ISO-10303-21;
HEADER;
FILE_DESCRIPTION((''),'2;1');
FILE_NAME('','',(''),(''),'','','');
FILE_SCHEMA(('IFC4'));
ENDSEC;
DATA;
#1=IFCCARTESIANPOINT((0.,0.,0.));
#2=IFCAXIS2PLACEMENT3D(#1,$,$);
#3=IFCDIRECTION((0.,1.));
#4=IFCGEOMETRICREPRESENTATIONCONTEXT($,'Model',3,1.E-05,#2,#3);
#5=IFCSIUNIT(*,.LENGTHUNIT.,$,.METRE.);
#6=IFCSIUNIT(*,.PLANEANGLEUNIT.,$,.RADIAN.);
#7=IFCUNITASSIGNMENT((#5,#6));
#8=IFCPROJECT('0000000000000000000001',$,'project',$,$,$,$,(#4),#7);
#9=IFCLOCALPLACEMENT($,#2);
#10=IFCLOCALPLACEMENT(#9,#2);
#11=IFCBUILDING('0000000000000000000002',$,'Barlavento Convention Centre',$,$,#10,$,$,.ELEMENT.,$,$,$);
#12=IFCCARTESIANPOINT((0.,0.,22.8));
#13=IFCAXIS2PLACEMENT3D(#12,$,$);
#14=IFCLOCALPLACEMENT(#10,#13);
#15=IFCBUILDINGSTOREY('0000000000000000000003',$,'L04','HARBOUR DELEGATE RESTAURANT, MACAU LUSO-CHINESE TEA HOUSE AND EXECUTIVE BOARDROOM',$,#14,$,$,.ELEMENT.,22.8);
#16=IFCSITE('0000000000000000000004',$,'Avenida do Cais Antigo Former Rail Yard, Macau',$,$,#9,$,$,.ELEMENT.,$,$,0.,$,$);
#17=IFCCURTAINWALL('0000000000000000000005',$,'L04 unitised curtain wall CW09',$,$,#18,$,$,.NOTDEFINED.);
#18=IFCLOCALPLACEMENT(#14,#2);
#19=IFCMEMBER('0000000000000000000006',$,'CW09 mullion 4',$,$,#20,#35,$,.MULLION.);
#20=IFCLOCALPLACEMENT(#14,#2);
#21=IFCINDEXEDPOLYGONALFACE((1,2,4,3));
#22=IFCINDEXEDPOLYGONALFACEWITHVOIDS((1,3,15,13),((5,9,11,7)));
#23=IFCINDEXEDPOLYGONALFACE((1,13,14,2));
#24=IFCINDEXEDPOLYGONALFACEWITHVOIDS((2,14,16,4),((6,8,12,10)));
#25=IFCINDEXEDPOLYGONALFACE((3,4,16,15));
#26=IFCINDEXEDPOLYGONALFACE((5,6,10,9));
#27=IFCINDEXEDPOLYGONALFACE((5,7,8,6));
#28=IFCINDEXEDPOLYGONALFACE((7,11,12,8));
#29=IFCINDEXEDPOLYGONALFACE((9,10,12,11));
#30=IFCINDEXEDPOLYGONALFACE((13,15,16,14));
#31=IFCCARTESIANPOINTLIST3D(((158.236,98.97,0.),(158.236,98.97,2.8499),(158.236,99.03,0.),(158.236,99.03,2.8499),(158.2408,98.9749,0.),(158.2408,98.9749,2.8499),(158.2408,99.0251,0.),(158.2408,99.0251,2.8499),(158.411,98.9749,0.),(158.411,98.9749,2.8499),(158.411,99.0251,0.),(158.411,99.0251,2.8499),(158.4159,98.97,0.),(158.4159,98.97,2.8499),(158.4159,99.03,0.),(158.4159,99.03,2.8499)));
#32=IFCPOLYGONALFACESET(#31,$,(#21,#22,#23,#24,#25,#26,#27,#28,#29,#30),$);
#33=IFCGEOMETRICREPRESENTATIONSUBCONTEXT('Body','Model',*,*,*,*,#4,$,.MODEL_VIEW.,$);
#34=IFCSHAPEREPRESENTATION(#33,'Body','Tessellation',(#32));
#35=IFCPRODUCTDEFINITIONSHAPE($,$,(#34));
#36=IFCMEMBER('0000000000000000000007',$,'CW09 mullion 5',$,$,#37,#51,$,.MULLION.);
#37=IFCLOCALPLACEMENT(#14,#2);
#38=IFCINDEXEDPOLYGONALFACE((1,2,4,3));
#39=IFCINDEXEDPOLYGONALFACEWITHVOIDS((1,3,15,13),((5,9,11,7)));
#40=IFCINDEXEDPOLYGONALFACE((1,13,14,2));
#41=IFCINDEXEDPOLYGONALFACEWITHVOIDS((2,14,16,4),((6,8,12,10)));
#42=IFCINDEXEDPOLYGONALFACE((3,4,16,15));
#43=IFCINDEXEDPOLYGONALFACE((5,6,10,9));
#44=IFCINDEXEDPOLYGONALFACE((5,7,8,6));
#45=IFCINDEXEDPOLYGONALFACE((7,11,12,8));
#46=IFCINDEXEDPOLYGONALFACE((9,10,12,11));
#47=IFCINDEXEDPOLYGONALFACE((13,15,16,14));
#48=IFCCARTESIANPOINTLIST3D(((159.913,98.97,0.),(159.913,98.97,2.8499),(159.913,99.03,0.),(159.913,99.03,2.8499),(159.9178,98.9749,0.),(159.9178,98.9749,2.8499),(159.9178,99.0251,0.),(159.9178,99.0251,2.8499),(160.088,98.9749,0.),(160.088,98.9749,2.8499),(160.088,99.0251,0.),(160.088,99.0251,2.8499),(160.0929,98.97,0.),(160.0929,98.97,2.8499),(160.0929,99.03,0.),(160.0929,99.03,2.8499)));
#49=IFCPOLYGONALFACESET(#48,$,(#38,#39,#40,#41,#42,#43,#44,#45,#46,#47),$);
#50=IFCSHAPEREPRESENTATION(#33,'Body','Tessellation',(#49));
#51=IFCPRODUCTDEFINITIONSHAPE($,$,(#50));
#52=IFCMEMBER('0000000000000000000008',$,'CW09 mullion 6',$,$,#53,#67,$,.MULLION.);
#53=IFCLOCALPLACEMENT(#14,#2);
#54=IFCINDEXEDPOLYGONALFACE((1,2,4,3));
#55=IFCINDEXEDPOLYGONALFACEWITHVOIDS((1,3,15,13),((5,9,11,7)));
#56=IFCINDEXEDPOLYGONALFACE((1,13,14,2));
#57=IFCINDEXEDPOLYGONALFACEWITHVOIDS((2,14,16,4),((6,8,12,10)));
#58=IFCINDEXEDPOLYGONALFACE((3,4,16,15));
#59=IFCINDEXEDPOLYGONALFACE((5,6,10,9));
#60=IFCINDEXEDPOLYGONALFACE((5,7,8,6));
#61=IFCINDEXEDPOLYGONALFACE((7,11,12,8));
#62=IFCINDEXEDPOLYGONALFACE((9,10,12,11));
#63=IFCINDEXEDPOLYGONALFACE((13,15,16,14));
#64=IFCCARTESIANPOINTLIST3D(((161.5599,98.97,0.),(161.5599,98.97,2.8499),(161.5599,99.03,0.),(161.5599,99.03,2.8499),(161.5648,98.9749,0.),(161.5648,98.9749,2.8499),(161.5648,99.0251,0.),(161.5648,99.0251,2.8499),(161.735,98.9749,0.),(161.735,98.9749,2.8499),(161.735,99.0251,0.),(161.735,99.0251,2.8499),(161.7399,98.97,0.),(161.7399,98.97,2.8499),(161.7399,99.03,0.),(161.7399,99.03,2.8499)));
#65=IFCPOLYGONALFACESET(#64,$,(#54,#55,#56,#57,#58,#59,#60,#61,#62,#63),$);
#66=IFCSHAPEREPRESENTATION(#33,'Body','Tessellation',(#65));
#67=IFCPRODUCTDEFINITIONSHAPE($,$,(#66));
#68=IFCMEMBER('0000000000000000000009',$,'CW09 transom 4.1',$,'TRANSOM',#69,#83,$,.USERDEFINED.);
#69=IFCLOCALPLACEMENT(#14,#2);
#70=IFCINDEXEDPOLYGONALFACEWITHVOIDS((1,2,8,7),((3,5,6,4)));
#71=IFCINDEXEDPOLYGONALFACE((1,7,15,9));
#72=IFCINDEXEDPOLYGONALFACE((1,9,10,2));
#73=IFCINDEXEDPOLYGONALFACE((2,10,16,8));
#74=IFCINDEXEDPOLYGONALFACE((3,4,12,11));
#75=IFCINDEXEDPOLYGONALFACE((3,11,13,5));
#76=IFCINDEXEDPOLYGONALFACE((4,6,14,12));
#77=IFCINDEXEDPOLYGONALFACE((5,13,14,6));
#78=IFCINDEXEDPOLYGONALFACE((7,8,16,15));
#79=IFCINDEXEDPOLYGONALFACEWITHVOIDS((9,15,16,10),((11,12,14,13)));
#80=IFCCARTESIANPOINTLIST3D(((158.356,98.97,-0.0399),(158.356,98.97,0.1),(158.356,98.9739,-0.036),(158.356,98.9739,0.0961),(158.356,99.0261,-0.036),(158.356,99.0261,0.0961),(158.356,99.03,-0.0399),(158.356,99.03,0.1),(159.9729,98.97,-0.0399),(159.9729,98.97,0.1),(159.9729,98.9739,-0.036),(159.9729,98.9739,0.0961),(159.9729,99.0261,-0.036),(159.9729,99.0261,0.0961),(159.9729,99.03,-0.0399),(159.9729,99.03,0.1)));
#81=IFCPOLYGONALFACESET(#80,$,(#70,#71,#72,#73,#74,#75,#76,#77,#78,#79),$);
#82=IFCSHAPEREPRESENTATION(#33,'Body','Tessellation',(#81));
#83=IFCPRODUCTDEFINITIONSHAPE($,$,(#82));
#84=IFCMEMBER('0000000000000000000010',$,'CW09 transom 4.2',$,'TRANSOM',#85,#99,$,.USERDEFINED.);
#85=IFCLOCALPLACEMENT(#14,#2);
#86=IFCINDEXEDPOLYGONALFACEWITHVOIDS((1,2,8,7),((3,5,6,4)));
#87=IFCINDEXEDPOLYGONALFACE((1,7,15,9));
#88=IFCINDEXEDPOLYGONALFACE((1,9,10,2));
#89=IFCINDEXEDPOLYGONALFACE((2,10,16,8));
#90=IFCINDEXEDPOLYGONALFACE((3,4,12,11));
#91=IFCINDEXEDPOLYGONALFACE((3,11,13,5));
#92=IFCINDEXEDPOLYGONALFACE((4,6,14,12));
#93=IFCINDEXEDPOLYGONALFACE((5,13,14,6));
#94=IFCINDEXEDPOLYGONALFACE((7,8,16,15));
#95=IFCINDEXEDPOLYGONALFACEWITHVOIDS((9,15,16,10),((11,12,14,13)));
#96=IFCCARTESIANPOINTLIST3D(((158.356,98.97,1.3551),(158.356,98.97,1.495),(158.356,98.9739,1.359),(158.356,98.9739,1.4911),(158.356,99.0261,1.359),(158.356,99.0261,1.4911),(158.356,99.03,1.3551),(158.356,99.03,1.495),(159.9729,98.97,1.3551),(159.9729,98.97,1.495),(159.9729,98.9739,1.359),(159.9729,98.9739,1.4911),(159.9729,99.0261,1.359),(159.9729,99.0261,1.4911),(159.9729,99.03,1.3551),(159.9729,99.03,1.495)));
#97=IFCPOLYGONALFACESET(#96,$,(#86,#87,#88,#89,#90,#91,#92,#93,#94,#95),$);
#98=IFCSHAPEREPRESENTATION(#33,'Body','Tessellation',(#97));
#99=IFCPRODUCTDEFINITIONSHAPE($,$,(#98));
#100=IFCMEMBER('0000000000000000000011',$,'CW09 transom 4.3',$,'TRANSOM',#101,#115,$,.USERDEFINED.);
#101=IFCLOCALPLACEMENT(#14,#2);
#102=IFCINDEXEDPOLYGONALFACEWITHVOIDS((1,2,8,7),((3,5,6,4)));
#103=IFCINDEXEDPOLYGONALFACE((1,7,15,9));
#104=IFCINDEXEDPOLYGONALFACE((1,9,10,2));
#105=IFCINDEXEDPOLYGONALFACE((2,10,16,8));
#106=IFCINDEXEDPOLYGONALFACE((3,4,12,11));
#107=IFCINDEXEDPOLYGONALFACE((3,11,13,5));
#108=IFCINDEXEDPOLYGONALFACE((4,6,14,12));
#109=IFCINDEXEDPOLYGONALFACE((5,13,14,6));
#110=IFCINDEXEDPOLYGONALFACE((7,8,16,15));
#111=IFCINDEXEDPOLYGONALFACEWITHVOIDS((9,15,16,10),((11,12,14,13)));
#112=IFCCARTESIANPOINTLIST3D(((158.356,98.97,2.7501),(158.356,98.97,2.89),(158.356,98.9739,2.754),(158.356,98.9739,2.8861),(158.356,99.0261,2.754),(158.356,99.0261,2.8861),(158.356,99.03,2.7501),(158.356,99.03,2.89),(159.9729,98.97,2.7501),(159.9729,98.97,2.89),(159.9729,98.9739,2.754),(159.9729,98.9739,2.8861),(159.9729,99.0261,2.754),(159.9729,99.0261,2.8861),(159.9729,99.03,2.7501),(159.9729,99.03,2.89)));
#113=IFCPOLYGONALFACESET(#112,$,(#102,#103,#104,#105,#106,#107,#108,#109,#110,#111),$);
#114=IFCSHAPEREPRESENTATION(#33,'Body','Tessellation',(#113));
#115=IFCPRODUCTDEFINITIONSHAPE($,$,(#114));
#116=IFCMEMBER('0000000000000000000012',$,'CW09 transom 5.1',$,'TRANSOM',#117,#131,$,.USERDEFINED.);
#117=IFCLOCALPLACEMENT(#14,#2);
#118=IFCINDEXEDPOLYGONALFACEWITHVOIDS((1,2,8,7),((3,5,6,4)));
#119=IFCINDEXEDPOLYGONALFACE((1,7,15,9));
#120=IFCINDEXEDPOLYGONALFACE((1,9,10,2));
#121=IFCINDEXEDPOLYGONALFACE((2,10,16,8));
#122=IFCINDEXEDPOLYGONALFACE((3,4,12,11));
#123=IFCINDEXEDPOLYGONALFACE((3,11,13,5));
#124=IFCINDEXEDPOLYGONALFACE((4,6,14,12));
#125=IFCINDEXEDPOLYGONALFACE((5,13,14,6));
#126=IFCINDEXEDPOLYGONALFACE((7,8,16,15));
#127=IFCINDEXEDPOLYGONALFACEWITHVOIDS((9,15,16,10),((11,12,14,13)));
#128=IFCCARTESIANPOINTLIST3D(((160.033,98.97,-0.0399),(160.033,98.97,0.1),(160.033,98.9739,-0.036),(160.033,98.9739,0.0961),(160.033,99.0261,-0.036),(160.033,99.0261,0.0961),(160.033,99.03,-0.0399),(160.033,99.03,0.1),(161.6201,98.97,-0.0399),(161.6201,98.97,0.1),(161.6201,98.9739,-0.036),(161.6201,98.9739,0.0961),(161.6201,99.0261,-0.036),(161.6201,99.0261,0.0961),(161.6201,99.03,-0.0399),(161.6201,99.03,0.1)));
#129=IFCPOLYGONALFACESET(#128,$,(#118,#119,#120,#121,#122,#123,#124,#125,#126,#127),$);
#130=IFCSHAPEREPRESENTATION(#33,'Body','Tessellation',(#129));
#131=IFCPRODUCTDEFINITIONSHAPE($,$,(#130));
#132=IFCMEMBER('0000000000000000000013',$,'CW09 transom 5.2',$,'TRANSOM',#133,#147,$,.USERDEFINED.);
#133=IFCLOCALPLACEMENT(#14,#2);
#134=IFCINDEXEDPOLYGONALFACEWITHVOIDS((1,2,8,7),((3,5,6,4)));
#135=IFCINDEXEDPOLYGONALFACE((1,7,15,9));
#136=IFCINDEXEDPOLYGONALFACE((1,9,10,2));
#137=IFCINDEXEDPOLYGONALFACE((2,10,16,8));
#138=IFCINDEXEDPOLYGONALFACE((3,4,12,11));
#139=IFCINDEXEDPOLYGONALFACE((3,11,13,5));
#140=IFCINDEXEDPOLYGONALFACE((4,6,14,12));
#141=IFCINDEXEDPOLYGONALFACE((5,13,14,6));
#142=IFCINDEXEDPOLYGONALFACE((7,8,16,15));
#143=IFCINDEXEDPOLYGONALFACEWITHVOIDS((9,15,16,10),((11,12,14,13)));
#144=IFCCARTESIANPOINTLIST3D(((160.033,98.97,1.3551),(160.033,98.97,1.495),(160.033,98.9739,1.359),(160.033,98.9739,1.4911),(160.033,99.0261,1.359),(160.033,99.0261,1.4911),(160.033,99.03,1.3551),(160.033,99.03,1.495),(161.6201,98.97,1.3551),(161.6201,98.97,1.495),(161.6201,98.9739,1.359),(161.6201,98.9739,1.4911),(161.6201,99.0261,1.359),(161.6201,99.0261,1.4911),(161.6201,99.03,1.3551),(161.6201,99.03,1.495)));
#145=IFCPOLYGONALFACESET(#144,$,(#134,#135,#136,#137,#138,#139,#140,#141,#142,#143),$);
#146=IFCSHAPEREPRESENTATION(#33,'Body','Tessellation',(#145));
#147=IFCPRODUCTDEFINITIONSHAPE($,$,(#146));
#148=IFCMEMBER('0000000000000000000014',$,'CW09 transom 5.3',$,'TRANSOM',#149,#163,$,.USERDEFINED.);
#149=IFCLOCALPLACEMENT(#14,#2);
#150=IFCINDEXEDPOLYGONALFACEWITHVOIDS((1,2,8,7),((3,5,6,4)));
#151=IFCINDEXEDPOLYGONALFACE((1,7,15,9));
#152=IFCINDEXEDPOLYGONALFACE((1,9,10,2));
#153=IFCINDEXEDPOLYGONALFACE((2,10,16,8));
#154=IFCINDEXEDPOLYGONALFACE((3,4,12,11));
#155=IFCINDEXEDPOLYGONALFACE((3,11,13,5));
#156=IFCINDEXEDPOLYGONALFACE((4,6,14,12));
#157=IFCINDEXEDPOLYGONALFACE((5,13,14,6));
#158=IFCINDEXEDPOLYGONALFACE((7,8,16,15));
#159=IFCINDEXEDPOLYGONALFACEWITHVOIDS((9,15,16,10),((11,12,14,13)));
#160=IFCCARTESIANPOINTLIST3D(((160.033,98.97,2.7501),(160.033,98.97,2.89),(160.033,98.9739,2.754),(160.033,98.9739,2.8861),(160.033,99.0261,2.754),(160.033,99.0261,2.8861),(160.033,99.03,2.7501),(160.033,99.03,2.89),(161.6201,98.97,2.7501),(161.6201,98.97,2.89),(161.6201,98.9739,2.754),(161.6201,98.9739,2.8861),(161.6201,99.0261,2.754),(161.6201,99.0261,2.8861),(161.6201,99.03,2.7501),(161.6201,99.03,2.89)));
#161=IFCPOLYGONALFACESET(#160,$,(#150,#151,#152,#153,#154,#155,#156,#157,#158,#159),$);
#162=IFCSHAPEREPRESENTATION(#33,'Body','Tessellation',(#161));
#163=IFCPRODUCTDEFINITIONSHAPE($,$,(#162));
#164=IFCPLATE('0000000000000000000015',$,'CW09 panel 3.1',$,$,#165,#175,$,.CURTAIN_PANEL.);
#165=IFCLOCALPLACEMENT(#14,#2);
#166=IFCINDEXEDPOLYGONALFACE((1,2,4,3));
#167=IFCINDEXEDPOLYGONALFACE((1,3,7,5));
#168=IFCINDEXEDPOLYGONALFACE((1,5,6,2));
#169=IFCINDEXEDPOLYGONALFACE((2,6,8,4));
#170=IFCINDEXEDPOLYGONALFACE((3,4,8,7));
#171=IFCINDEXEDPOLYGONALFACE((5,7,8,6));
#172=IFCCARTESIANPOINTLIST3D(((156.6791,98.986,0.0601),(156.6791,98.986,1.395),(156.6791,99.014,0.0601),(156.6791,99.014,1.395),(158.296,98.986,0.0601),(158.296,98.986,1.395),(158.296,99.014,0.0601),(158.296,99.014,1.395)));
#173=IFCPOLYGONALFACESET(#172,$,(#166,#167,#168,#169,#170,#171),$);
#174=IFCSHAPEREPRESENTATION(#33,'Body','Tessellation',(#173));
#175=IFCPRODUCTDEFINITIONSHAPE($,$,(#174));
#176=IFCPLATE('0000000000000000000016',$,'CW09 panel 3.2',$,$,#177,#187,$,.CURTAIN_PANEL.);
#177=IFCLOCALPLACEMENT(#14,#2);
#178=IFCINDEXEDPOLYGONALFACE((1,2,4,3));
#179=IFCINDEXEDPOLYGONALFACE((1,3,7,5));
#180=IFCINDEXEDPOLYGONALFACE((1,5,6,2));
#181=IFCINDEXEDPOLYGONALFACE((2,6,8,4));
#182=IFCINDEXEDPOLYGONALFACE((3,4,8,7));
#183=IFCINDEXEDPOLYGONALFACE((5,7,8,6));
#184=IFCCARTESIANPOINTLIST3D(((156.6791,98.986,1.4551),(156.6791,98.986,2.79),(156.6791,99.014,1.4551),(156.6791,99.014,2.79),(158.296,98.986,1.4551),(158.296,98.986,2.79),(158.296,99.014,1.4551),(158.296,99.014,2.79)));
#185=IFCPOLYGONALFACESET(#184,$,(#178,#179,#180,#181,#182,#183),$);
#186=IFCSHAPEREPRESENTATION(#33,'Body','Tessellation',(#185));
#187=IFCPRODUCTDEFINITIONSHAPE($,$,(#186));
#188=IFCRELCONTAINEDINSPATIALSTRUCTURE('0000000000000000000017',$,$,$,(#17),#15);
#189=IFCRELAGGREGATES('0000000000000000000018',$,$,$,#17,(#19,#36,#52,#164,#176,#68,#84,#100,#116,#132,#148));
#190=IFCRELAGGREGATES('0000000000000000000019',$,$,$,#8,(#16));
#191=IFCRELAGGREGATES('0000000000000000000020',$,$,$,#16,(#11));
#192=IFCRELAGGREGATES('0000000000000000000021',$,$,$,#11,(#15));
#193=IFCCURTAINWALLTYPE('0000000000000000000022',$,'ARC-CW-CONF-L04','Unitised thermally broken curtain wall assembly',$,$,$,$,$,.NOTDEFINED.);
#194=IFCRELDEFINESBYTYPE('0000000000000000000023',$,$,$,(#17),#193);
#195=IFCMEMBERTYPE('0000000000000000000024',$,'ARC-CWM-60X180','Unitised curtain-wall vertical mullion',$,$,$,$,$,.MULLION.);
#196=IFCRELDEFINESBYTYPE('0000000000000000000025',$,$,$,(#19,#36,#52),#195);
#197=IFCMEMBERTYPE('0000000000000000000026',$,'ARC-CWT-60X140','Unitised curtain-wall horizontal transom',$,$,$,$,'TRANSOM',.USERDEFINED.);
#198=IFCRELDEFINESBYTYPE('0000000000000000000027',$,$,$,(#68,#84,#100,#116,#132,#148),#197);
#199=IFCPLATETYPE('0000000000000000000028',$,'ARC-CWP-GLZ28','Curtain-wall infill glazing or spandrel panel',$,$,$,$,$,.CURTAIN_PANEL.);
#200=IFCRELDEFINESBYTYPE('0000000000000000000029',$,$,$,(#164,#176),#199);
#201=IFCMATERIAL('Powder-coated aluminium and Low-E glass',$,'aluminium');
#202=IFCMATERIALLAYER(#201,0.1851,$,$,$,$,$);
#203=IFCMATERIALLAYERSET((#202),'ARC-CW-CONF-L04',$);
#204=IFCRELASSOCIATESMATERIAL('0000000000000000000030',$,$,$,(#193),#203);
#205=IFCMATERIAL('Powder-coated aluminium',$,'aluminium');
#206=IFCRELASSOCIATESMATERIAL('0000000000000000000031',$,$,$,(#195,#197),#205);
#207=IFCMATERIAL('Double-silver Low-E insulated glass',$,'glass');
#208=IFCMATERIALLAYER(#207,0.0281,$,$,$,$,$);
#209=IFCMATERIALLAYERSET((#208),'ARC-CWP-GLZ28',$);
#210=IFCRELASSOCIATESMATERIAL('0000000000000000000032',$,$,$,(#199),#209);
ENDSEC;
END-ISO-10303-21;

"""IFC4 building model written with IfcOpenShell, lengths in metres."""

from ifc_helpers import new_model, si_unit, direction, frame, origin, origin_2d, place, context, subcontext, project, spatial, rectangle, hollow_rectangle, extrude, material, layer, layer_set, material_profile, profile_set, type_object, element, aggregate, save


model = new_model("IFC4")

# Units and contexts
model_context = context("Model", 3, precision=1e-05, world=origin(), true_north=direction((0.0, 1.0)))
body_context = subcontext(model_context, "Body", "Model", "MODEL_VIEW")
ifc_project = project(units=[si_unit("LENGTHUNIT", "METRE"), si_unit("PLANEANGLEUNIT", "RADIAN")], contexts=[model_context])

# Site, building, storey
site_placement = place(None, origin())
site = spatial("IfcSite", under=ifc_project, at=site_placement, Name="Avenida do Cais Antigo Former Rail Yard, Macau", CompositionType="ELEMENT", RefElevation=0.0)
building_placement = place(site_placement, origin())
building = spatial("IfcBuilding", under=site, at=building_placement, Name="Barlavento Convention Centre", CompositionType="ELEMENT")
storey_placement = place(building_placement, frame((0.0, 0.0, 22.8)))
storey = spatial("IfcBuildingStorey", under=building, at=storey_placement, Name="L04", Description="HARBOUR DELEGATE RESTAURANT, MACAU LUSO-CHINESE TEA HOUSE AND EXECUTIVE BOARDROOM", CompositionType="ELEMENT", Elevation=22.8)

# Curtain wall, members, plates
ifc_material_1 = material(Name="Powder-coated aluminium and Low-E glass", Category="aluminium")
ifc_layer_1 = layer(ifc_material_1, 0.1851)
ifc_layer_set_1 = layer_set([ifc_layer_1], Name="ARC-CW-CONF-L04")
curtain_wall_type = type_object("IfcCurtainWallType", Name="ARC-CW-CONF-L04", Description="Unitised thermally broken curtain wall assembly", PredefinedType="NOTDEFINED", material=ifc_layer_set_1)
curtain_wall_placement = place(storey_placement, origin())
curtain_wall = element("IfcCurtainWall", 1, at=curtain_wall_placement, inside=storey, type_object=curtain_wall_type, Name="L04 unitised curtain wall CW09", PredefinedType="NOTDEFINED")
ifc_material_2 = material(Name="Powder-coated aluminium", Category="aluminium")
ifc_material_profile_1 = material_profile(ifc_material_2, hollow_rectangle(XDim=0.0601, YDim=0.1799, WallThickness=0.0049, at=origin_2d()), Name="AL-MULL 60x180x5")
ifc_profile_set_1 = profile_set([ifc_material_profile_1], Name="Powder-coated aluminium")
member_type_1 = type_object("IfcMemberType", Name="ARC-CWM-60X180", Description="Unitised curtain-wall vertical mullion", PredefinedType="MULLION", material=ifc_profile_set_1)
member_1_placement = place(storey_placement, frame((158.3259, 99.0, 0.0), z_axis=(0.0, 0.0, 1.0), x_axis=(0.0, 1.0, 0.0)))
member_1 = element("IfcMember", 2, at=member_1_placement, type_object=member_type_1, Name="CW09 mullion 4", PredefinedType="MULLION", context=body_context, shape_type="SweptSolid", body=[
    extrude(hollow_rectangle(XDim=0.0601, YDim=0.1799, WallThickness=0.0049, at=origin_2d()), origin(), (0.0, 0.0, 1.0), 2.8499),
])
member_2_placement = place(storey_placement, frame((160.0029, 99.0, 0.0), z_axis=(0.0, 0.0, 1.0), x_axis=(0.0, 1.0, 0.0)))
member_2 = element("IfcMember", 3, at=member_2_placement, type_object=member_type_1, Name="CW09 mullion 5", PredefinedType="MULLION", context=body_context, shape_type="SweptSolid", body=[
    extrude(hollow_rectangle(XDim=0.0601, YDim=0.1799, WallThickness=0.0049, at=origin_2d()), origin(), (0.0, 0.0, 1.0), 2.8499),
])
member_3_placement = place(storey_placement, frame((161.6499, 99.0, 0.0), z_axis=(0.0, 0.0, 1.0), x_axis=(0.0, 1.0, 0.0)))
member_3 = element("IfcMember", 4, at=member_3_placement, type_object=member_type_1, Name="CW09 mullion 6", PredefinedType="MULLION", context=body_context, shape_type="SweptSolid", body=[
    extrude(hollow_rectangle(XDim=0.0601, YDim=0.1799, WallThickness=0.0049, at=origin_2d()), origin(), (0.0, 0.0, 1.0), 2.8499),
])
ifc_material_profile_2 = material_profile(ifc_material_2, hollow_rectangle(XDim=0.0601, YDim=0.1399, WallThickness=0.0039, at=origin_2d()), Name="AL-TRAN 60x140x4")
ifc_profile_set_2 = profile_set([ifc_material_profile_2], Name="Powder-coated aluminium")
member_type_2 = type_object("IfcMemberType", Name="ARC-CWT-60X140", Description="Unitised curtain-wall horizontal transom", ElementType="TRANSOM", PredefinedType="USERDEFINED", material=ifc_profile_set_2)
member_4_placement = place(storey_placement, frame((158.356, 99.0, 0.03), z_axis=(1.0, 0.0, 0.0), x_axis=(0.0, 1.0, 0.0)))
member_4 = element("IfcMember", 5, at=member_4_placement, type_object=member_type_2, Name="CW09 transom 4.1", ObjectType="TRANSOM", PredefinedType="USERDEFINED", context=body_context, shape_type="SweptSolid", body=[
    extrude(hollow_rectangle(XDim=0.0601, YDim=0.1399, WallThickness=0.0039, at=origin_2d()), origin(), (0.0, 0.0, 1.0), 1.6169),
])
member_5_placement = place(storey_placement, frame((158.356, 99.0, 1.425), z_axis=(1.0, 0.0, 0.0), x_axis=(0.0, 1.0, 0.0)))
member_5 = element("IfcMember", 6, at=member_5_placement, type_object=member_type_2, Name="CW09 transom 4.2", ObjectType="TRANSOM", PredefinedType="USERDEFINED", context=body_context, shape_type="SweptSolid", body=[
    extrude(hollow_rectangle(XDim=0.0601, YDim=0.1399, WallThickness=0.0039, at=origin_2d()), origin(), (0.0, 0.0, 1.0), 1.6169),
])
member_6_placement = place(storey_placement, frame((158.356, 99.0, 2.8201), z_axis=(1.0, 0.0, 0.0), x_axis=(0.0, 1.0, 0.0)))
member_6 = element("IfcMember", 7, at=member_6_placement, type_object=member_type_2, Name="CW09 transom 4.3", ObjectType="TRANSOM", PredefinedType="USERDEFINED", context=body_context, shape_type="SweptSolid", body=[
    extrude(hollow_rectangle(XDim=0.0601, YDim=0.1399, WallThickness=0.0039, at=origin_2d()), origin(), (0.0, 0.0, 1.0), 1.6169),
])
member_7_placement = place(storey_placement, frame((160.033, 99.0, 0.03), z_axis=(1.0, 0.0, 0.0), x_axis=(0.0, 1.0, 0.0)))
member_7 = element("IfcMember", 8, at=member_7_placement, type_object=member_type_2, Name="CW09 transom 5.1", ObjectType="TRANSOM", PredefinedType="USERDEFINED", context=body_context, shape_type="SweptSolid", body=[
    extrude(hollow_rectangle(XDim=0.0601, YDim=0.1399, WallThickness=0.0039, at=origin_2d()), origin(), (0.0, 0.0, 1.0), 1.5872),
])
member_8_placement = place(storey_placement, frame((160.033, 99.0, 1.425), z_axis=(1.0, 0.0, 0.0), x_axis=(0.0, 1.0, 0.0)))
member_8 = element("IfcMember", 9, at=member_8_placement, type_object=member_type_2, Name="CW09 transom 5.2", ObjectType="TRANSOM", PredefinedType="USERDEFINED", context=body_context, shape_type="SweptSolid", body=[
    extrude(hollow_rectangle(XDim=0.0601, YDim=0.1399, WallThickness=0.0039, at=origin_2d()), origin(), (0.0, 0.0, 1.0), 1.5872),
])
member_9_placement = place(storey_placement, frame((160.033, 99.0, 2.8201), z_axis=(1.0, 0.0, 0.0), x_axis=(0.0, 1.0, 0.0)))
member_9 = element("IfcMember", 10, at=member_9_placement, type_object=member_type_2, Name="CW09 transom 5.3", ObjectType="TRANSOM", PredefinedType="USERDEFINED", context=body_context, shape_type="SweptSolid", body=[
    extrude(hollow_rectangle(XDim=0.0601, YDim=0.1399, WallThickness=0.0039, at=origin_2d()), origin(), (0.0, 0.0, 1.0), 1.5872),
])
ifc_material_3 = material(Name="Double-silver Low-E insulated glass", Category="glass")
ifc_layer_2 = layer(ifc_material_3, 0.0281)
ifc_layer_set_2 = layer_set([ifc_layer_2], Name="ARC-CWP-GLZ28")
plate_type = type_object("IfcPlateType", Name="ARC-CWP-GLZ28", Description="Curtain-wall infill glazing or spandrel panel", PredefinedType="CURTAIN_PANEL", material=ifc_layer_set_2)
plate_1_placement = place(storey_placement, frame((157.4875, 99.0, 0.0601), z_axis=(0.0, 0.0, 1.0), x_axis=(1.0, 0.0, 0.0)))
plate_1 = element("IfcPlate", 11, at=plate_1_placement, type_object=plate_type, Name="CW09 panel 3.1", PredefinedType="CURTAIN_PANEL", context=body_context, shape_type="SweptSolid", body=[
    extrude(rectangle(XDim=1.6169, YDim=0.0281, at=origin_2d()), origin(), (0.0, 0.0, 1.0), 1.335),
])
plate_2_placement = place(storey_placement, frame((157.4875, 99.0, 1.4551), z_axis=(0.0, 0.0, 1.0), x_axis=(1.0, 0.0, 0.0)))
plate_2 = element("IfcPlate", 12, at=plate_2_placement, type_object=plate_type, Name="CW09 panel 3.2", PredefinedType="CURTAIN_PANEL", context=body_context, shape_type="SweptSolid", body=[
    extrude(rectangle(XDim=1.6169, YDim=0.0281, at=origin_2d()), origin(), (0.0, 0.0, 1.0), 1.335),
])
aggregate(curtain_wall, [member_1, member_2, member_3, plate_1, plate_2, member_4, member_5, member_6, member_7, member_8, member_9])

save(model, "model.ifc")
